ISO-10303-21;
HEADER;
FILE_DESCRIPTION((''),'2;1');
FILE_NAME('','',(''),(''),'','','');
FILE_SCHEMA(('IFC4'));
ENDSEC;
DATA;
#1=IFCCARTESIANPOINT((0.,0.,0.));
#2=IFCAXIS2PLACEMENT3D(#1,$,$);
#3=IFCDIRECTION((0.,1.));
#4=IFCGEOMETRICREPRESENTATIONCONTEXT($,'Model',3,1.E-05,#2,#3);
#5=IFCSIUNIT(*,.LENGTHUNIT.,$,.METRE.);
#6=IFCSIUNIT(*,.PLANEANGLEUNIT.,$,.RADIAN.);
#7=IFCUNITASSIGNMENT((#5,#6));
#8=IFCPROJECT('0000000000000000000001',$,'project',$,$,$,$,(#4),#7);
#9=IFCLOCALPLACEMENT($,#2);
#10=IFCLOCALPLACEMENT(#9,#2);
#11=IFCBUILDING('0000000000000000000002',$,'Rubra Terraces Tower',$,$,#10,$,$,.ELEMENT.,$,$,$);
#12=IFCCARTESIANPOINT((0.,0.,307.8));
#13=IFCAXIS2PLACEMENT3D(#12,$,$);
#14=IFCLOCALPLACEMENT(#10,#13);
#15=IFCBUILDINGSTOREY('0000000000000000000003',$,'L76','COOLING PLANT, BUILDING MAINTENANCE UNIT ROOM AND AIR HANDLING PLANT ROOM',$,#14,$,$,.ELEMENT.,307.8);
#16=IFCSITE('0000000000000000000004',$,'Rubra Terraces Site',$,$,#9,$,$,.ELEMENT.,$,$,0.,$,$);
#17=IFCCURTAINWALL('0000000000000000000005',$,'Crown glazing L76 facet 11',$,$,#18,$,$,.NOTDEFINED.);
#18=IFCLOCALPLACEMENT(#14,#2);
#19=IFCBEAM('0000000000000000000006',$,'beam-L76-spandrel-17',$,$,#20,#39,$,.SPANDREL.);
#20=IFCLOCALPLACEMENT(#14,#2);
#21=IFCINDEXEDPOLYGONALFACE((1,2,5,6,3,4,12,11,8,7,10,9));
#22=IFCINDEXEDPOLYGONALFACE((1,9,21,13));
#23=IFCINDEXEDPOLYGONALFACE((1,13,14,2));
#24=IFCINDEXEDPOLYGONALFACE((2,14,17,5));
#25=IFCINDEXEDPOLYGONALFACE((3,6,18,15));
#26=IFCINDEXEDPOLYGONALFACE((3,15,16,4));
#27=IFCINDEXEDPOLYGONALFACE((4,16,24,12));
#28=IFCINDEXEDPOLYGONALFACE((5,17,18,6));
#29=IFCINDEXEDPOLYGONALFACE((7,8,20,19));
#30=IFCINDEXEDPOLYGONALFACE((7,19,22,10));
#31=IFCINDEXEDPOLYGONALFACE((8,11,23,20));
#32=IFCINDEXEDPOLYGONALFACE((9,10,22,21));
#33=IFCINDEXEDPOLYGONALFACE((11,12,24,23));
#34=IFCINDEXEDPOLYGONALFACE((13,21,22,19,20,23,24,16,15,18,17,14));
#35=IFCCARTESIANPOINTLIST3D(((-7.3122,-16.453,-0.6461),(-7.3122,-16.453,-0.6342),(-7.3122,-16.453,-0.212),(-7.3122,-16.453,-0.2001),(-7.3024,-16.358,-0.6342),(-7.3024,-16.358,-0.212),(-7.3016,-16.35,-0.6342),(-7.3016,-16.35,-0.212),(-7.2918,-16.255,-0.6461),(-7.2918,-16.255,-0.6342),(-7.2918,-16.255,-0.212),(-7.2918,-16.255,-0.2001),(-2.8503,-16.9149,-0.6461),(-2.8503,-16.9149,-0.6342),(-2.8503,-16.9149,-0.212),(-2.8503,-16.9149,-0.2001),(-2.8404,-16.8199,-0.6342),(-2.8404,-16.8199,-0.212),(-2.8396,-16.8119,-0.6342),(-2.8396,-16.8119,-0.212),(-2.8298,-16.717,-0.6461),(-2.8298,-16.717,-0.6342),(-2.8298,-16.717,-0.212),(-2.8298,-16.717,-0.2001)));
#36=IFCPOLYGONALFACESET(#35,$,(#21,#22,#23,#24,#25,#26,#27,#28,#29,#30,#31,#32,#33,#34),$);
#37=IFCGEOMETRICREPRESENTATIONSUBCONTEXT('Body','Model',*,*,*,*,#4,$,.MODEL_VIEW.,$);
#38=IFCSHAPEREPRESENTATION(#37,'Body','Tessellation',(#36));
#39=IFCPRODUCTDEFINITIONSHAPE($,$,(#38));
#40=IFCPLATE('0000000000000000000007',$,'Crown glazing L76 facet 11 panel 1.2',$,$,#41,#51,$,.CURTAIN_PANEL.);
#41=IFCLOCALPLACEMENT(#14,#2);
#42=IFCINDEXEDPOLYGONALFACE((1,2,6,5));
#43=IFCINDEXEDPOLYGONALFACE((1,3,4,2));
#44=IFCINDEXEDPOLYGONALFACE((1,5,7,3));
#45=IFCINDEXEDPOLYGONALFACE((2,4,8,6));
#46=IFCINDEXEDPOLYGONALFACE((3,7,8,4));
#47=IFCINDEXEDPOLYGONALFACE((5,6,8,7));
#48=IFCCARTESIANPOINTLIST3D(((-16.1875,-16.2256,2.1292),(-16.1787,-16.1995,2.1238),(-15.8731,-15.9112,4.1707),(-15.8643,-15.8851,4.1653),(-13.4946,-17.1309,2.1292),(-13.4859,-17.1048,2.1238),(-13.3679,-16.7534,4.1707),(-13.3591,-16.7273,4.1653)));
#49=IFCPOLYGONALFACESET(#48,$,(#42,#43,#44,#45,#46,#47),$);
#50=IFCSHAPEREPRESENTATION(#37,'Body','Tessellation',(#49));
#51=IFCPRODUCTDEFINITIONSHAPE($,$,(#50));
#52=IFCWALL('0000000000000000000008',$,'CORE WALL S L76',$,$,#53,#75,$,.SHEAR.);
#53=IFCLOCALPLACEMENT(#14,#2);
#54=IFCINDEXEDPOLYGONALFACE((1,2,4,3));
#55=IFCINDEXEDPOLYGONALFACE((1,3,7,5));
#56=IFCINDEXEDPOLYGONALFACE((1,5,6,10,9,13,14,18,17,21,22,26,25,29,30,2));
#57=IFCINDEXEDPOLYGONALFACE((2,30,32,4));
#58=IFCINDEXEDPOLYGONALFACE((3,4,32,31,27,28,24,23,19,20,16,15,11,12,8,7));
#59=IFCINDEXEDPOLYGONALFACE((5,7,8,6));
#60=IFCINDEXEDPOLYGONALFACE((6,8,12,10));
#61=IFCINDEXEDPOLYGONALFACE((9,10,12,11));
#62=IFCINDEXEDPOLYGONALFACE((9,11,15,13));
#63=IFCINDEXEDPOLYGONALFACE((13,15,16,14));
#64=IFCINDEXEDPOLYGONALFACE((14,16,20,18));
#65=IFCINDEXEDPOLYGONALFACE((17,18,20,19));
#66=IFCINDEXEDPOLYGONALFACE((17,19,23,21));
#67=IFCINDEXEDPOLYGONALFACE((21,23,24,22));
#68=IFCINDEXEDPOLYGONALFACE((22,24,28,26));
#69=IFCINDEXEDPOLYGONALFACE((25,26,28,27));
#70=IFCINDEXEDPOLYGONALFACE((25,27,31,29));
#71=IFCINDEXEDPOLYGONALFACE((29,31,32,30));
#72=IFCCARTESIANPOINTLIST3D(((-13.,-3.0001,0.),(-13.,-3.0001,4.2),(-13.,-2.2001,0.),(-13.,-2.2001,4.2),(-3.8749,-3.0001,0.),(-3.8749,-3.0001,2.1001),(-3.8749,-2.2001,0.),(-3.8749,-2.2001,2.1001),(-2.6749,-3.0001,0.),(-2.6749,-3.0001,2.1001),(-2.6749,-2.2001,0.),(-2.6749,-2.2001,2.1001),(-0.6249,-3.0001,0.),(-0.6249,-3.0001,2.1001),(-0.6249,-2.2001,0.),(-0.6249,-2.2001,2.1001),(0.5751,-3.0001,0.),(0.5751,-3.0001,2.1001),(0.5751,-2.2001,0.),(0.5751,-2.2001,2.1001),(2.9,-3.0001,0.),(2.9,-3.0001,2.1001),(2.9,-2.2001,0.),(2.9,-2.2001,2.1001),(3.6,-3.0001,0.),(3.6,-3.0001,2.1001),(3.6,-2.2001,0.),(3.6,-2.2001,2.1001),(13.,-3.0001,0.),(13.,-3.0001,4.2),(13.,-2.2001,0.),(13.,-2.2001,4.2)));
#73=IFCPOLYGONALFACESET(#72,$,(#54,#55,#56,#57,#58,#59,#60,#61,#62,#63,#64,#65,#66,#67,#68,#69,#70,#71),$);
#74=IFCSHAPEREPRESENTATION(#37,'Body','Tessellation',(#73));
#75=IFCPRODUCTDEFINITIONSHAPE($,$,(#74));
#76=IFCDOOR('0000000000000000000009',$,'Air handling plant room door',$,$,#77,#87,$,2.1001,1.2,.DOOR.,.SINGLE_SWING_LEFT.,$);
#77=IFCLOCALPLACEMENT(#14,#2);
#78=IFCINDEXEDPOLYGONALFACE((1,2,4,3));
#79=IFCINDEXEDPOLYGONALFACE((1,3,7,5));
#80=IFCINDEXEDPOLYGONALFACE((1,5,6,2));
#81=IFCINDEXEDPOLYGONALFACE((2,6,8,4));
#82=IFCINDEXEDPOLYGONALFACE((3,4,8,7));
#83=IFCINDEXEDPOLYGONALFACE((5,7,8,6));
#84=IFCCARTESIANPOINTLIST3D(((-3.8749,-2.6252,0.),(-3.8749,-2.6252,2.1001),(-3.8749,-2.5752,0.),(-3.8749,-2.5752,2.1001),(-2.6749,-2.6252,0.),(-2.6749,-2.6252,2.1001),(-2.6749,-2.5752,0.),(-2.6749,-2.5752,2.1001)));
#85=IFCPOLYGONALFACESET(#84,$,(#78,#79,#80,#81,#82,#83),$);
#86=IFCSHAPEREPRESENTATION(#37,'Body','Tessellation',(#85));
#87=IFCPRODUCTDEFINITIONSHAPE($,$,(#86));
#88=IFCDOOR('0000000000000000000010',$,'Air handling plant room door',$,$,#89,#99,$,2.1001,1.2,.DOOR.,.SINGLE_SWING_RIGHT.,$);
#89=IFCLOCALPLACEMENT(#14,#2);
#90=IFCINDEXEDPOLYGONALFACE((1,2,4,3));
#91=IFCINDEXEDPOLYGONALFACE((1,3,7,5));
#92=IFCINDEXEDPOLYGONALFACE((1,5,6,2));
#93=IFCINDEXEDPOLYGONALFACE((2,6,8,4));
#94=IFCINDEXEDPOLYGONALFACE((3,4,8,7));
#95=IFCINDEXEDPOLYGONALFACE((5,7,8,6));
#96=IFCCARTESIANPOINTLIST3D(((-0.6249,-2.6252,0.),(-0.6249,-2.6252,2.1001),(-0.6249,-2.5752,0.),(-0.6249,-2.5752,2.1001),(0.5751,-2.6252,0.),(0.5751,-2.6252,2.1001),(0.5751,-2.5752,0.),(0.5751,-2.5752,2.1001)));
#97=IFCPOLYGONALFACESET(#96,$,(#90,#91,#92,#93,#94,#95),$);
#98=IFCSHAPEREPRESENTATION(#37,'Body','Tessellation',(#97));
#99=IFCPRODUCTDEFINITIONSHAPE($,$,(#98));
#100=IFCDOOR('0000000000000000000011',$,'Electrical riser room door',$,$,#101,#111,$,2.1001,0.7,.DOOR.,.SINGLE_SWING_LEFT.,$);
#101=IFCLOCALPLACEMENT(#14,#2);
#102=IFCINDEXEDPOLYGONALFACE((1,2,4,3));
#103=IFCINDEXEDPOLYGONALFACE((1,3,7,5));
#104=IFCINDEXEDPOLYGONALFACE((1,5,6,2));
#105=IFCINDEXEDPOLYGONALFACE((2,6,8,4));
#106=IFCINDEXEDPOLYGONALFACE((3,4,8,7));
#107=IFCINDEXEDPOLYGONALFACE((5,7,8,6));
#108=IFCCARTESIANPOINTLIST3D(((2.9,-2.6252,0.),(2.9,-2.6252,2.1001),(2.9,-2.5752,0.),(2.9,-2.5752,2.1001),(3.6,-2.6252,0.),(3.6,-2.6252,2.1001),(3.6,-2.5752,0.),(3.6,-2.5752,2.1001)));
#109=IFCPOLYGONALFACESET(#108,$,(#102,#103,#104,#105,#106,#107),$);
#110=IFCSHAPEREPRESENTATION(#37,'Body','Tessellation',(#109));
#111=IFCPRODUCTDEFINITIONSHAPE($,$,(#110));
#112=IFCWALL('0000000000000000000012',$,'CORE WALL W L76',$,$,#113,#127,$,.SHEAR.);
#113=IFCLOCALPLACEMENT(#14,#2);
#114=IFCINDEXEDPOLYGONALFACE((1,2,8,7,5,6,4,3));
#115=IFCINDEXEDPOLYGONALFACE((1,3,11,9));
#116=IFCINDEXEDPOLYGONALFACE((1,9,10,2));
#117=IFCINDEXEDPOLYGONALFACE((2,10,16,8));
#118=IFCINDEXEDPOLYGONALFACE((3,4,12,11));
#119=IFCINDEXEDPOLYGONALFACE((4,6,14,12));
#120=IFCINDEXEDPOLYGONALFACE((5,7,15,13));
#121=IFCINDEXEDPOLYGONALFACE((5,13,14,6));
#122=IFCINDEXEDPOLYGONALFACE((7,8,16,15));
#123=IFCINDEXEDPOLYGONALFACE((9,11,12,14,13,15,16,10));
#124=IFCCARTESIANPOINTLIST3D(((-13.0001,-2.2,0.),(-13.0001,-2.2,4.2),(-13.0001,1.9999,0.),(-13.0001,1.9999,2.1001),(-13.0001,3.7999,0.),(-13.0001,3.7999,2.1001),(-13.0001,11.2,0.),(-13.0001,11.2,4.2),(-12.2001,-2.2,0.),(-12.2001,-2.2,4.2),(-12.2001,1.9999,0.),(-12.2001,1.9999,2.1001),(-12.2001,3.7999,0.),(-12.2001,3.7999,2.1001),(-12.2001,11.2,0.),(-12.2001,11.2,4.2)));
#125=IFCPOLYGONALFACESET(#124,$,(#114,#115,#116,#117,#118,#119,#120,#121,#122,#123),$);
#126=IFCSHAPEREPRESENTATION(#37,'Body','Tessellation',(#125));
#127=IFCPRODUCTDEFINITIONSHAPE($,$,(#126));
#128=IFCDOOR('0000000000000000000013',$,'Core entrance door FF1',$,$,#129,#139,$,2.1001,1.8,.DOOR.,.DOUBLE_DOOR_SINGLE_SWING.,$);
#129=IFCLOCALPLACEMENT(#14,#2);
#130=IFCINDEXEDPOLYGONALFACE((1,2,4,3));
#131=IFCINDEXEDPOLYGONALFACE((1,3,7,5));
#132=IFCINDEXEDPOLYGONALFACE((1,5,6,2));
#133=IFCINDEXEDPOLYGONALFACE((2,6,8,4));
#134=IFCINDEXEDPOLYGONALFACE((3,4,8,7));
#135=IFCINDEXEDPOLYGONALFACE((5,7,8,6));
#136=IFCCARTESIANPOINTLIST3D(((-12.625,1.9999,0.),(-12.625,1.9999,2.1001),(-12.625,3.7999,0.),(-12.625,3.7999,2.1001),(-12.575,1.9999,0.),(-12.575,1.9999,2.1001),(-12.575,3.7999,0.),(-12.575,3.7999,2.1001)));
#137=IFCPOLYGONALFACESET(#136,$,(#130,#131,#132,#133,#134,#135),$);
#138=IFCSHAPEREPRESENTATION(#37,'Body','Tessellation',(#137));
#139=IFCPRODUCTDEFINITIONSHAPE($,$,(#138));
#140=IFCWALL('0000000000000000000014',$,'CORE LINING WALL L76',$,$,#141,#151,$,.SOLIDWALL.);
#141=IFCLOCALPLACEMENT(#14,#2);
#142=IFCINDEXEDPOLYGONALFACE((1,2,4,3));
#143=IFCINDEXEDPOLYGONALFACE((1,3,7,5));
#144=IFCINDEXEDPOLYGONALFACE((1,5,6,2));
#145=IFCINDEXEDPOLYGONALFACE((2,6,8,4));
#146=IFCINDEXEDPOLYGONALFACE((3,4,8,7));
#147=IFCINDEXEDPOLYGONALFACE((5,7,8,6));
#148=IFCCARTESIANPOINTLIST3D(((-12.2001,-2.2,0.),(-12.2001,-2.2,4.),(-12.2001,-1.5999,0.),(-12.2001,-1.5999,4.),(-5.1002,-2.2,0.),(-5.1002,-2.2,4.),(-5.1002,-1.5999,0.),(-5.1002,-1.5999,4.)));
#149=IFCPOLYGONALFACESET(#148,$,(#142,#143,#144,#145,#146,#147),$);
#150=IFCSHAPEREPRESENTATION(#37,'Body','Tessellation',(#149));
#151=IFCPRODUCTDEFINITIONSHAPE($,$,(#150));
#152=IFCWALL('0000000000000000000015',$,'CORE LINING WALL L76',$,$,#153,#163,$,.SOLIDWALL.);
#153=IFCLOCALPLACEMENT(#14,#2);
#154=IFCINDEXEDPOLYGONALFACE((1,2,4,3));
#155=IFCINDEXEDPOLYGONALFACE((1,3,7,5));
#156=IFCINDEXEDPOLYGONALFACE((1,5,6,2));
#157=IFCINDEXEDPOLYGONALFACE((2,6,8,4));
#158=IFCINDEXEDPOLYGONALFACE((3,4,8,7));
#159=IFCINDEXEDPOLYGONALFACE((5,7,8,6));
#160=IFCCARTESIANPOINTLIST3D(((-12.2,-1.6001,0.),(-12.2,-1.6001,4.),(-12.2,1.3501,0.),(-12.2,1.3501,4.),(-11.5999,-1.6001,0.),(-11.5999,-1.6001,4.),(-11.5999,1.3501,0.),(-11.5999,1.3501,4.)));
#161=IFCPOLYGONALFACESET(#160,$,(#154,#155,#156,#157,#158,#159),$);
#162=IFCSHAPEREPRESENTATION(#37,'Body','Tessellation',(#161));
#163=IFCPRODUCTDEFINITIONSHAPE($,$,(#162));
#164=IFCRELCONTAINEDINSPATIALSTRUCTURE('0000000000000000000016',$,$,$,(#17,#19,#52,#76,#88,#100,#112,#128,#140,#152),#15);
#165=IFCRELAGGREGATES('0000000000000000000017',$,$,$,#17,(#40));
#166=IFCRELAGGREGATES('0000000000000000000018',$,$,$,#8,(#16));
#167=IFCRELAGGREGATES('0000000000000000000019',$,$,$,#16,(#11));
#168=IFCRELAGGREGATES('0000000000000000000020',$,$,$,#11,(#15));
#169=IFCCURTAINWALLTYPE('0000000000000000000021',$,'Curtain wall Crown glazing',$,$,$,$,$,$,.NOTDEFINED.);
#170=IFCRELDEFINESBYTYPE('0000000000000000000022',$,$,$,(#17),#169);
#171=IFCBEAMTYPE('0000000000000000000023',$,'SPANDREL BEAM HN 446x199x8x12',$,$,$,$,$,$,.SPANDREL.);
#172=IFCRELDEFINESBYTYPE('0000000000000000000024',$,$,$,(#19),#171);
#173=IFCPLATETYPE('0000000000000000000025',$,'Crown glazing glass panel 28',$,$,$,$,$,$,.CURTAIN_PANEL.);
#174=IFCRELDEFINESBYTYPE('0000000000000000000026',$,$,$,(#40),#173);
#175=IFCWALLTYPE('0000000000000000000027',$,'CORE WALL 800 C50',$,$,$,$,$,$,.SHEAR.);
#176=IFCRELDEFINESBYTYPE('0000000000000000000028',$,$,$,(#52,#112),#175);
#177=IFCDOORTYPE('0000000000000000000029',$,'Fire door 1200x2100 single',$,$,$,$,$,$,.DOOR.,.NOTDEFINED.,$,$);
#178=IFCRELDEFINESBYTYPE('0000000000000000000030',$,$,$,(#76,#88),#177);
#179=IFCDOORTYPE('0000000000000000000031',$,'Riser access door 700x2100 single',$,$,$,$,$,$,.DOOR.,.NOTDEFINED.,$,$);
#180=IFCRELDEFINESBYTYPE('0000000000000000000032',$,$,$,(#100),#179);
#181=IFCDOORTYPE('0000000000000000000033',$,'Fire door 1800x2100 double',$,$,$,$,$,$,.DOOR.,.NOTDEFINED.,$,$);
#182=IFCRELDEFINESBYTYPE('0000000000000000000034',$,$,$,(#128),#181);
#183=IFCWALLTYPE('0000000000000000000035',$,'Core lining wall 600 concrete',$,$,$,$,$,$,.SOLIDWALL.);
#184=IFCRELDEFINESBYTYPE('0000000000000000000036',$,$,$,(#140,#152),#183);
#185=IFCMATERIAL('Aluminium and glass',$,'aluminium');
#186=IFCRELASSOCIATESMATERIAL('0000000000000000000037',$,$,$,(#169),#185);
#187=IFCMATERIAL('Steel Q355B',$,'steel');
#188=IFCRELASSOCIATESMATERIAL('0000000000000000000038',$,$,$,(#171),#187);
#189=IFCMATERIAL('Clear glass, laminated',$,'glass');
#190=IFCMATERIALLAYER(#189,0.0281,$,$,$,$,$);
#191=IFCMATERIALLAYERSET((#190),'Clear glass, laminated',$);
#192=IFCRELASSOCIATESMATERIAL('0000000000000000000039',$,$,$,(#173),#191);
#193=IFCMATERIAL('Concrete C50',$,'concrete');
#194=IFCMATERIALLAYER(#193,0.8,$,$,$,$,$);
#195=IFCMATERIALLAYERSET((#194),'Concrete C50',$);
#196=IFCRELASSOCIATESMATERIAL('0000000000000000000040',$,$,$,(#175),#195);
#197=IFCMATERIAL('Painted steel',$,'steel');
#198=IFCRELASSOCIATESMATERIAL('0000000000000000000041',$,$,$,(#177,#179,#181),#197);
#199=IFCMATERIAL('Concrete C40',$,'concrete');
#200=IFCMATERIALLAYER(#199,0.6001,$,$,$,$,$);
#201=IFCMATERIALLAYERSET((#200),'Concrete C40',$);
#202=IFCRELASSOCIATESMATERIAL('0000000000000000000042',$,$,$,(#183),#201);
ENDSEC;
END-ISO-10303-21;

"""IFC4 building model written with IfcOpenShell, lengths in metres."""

from ifc_helpers import new_model, si_unit, direction, frame, frame_2d, origin, origin_2d, place, context, subcontext, project, spatial, polyline, rectangle, i_section, outline, extrude, material, layer, layer_set, material_profile, profile_set, type_object, element, fill, aggregate, save


model = new_model("IFC4")

# Units and contexts
model_context = context("Model", 3, precision=1e-05, world=origin(), true_north=direction((0.0, 1.0)))
body_context = subcontext(model_context, "Body", "Model", "MODEL_VIEW")
ifc_project = project(units=[si_unit("LENGTHUNIT", "METRE"), si_unit("PLANEANGLEUNIT", "RADIAN")], contexts=[model_context])

# Site, building, storey
site_placement = place(None, origin())
site = spatial("IfcSite", under=ifc_project, at=site_placement, Name="Rubra Terraces Site", CompositionType="ELEMENT", RefElevation=0.0)
building_placement = place(site_placement, origin())
building = spatial("IfcBuilding", under=site, at=building_placement, Name="Rubra Terraces Tower", CompositionType="ELEMENT")
storey_placement = place(building_placement, frame((0.0, 0.0, 307.8)))
storey = spatial("IfcBuildingStorey", under=building, at=storey_placement, Name="L76", Description="COOLING PLANT, BUILDING MAINTENANCE UNIT ROOM AND AIR HANDLING PLANT ROOM", CompositionType="ELEMENT", Elevation=307.8)

# Shared definitions
ifc_material_1 = material(Name="Steel Q355B", Category="steel")

# Curtain wall
ifc_material_2 = material(Name="Aluminium and glass", Category="aluminium")
curtain_wall_type = type_object("IfcCurtainWallType", Name="Curtain wall Crown glazing", PredefinedType="NOTDEFINED", material=ifc_material_2)
curtain_wall_placement = place(storey_placement, origin())
curtain_wall = element("IfcCurtainWall", 1, at=curtain_wall_placement, inside=storey, type_object=curtain_wall_type, Name="Crown glazing L76 facet 11", PredefinedType="NOTDEFINED")

# Beam
ifc_material_profile_1 = material_profile(ifc_material_1, i_section(OverallWidth=0.199, OverallDepth=0.446, WebThickness=0.0081, FlangeThickness=0.012, at=origin_2d()), Name="HN 446x199x8x12")
ifc_profile_set_1 = profile_set([ifc_material_profile_1], Name="Steel Q355B")
beam_type_1 = type_object("IfcBeamType", Name="SPANDREL BEAM HN 446x199x8x12", PredefinedType="SPANDREL", material=ifc_profile_set_1)
beam_1_placement = place(storey_placement, frame((-7.302, -16.354, -0.4231), z_axis=(0.994684, -0.102973, 0.0), x_axis=(0.102973, 0.994684, 0.0)))
element("IfcBeam", 2, at=beam_1_placement, inside=storey, type_object=beam_type_1, Name="beam-L76-spandrel-17", PredefinedType="SPANDREL", context=body_context, shape_type="SweptSolid", body=[
    extrude(i_section(OverallWidth=0.199, OverallDepth=0.446, WebThickness=0.0081, FlangeThickness=0.012, at=origin_2d()), origin(), (0.0, 0.0, 1.0), 4.4858),
])

# Plate
ifc_material_3 = material(Name="Clear glass, laminated", Category="glass")
ifc_layer_1 = layer(ifc_material_3, 0.0281)
ifc_layer_set_1 = layer_set([ifc_layer_1], Name="Clear glass, laminated")
plate_type = type_object("IfcPlateType", Name="Crown glazing glass panel 28", PredefinedType="CURTAIN_PANEL", material=ifc_layer_set_1)
plate_placement = place(storey_placement, frame((-16.1875, -16.2256, 2.1292), z_axis=(-0.312776, -0.930333, 0.191446), x_axis=(0.947866, -0.31867, 0.000004)))
plate = element("IfcPlate", 3, at=plate_placement, type_object=plate_type, Name="Crown glazing L76 facet 11 panel 1.2", PredefinedType="CURTAIN_PANEL", context=body_context, shape_type="SweptSolid", body=[
    extrude(outline(polyline([(0.0, 0.0), (2.841, 0.0), (2.8408, 2.08), (0.1979, 2.08), (0.0, 0.0)])), origin(), (0.0, 0.0, -1.0), 0.0281),
])
aggregate(curtain_wall, [plate])

# Wall, openings, doors
ifc_material_4 = material(Name="Concrete C50", Category="concrete")
ifc_layer_2 = layer(ifc_material_4, 0.8)
ifc_layer_set_2 = layer_set([ifc_layer_2], Name="Concrete C50")
wall_type_1 = type_object("IfcWallType", Name="CORE WALL 800 C50", PredefinedType="SHEAR", material=ifc_layer_set_2)
wall_1_placement = place(storey_placement, frame((-13.0, -2.6001, 0.0), z_axis=(0.0, 0.0, 1.0), x_axis=(1.0, 0.0, 0.0)))
wall_1 = element("IfcWall", 4, at=wall_1_placement, inside=storey, type_object=wall_type_1, Name="CORE WALL S L76", PredefinedType="SHEAR", context=body_context, shape_type="SweptSolid", body=[
    extrude(rectangle(XDim=26.0, YDim=0.8, at=frame_2d((13.0, 0.0))), origin(), (0.0, 0.0, 1.0), 4.2),
])
opening_1_placement = place(wall_1_placement, frame((9.125, 0.0, 0.0)))
opening_1 = element("IfcOpeningElement", 5, at=opening_1_placement, cuts=wall_1, PredefinedType="OPENING", context=body_context, shape_type="SweptSolid", body=[
    extrude(rectangle(XDim=1.2, YDim=2.1001, at=frame_2d((0.6001, 1.05))), frame((0.0, 0.4099, 0.0), z_axis=(0.0, -1.0, 0.0), x_axis=(1.0, 0.0, 0.0)), (0.0, 0.0, 1.0), 0.8201),
])
opening_2_placement = place(wall_1_placement, frame((12.375, 0.0, 0.0)))
opening_2 = element("IfcOpeningElement", 6, at=opening_2_placement, cuts=wall_1, PredefinedType="OPENING", context=body_context, shape_type="SweptSolid", body=[
    extrude(rectangle(XDim=1.2, YDim=2.1001, at=frame_2d((0.6001, 1.05))), frame((0.0, 0.4099, 0.0), z_axis=(0.0, -1.0, 0.0), x_axis=(1.0, 0.0, 0.0)), (0.0, 0.0, 1.0), 0.8201),
])
opening_3_placement = place(wall_1_placement, frame((15.8999, 0.0, 0.0)))
opening_3 = element("IfcOpeningElement", 7, at=opening_3_placement, cuts=wall_1, PredefinedType="OPENING", context=body_context, shape_type="SweptSolid", body=[
    extrude(rectangle(XDim=0.7, YDim=2.1001, at=frame_2d((0.3501, 1.05))), frame((0.0, 0.4099, 0.0), z_axis=(0.0, -1.0, 0.0), x_axis=(1.0, 0.0, 0.0)), (0.0, 0.0, 1.0), 0.8201),
])
ifc_material_5 = material(Name="Painted steel", Category="steel")
door_type_1 = type_object("IfcDoorType", Name="Fire door 1200x2100 single", OperationType="NOTDEFINED", PredefinedType="DOOR", material=ifc_material_5)
door_1_placement = place(opening_1_placement, origin())
door_1 = element("IfcDoor", 8, at=door_1_placement, inside=storey, type_object=door_type_1, Name="Air handling plant room door", OperationType="SINGLE_SWING_LEFT", OverallHeight=2.1001, OverallWidth=1.2, PredefinedType="DOOR", context=body_context, shape_type="SweptSolid", body=[
    extrude(rectangle(XDim=1.2, YDim=2.1001, at=frame_2d((0.6001, 1.05))), frame((0.0, 0.0249, 0.0), z_axis=(0.0, -1.0, 0.0), x_axis=(1.0, 0.0, 0.0)), (0.0, 0.0, 1.0), 0.05),
])
fill(opening_1, door_1)
door_2_placement = place(opening_2_placement, origin())
door_2 = element("IfcDoor", 9, at=door_2_placement, inside=storey, type_object=door_type_1, Name="Air handling plant room door", OperationType="SINGLE_SWING_RIGHT", OverallHeight=2.1001, OverallWidth=1.2, PredefinedType="DOOR", context=body_context, shape_type="SweptSolid", body=[
    extrude(rectangle(XDim=1.2, YDim=2.1001, at=frame_2d((0.6001, 1.05))), frame((0.0, 0.0249, 0.0), z_axis=(0.0, -1.0, 0.0), x_axis=(1.0, 0.0, 0.0)), (0.0, 0.0, 1.0), 0.05),
])
fill(opening_2, door_2)
door_type_2 = type_object("IfcDoorType", Name="Riser access door 700x2100 single", OperationType="NOTDEFINED", PredefinedType="DOOR", material=ifc_material_5)
door_3_placement = place(opening_3_placement, origin())
door_3 = element("IfcDoor", 10, at=door_3_placement, inside=storey, type_object=door_type_2, Name="Electrical riser room door", OperationType="SINGLE_SWING_LEFT", OverallHeight=2.1001, OverallWidth=0.7, PredefinedType="DOOR", context=body_context, shape_type="SweptSolid", body=[
    extrude(rectangle(XDim=0.7, YDim=2.1001, at=frame_2d((0.3501, 1.05))), frame((0.0, 0.0249, 0.0), z_axis=(0.0, -1.0, 0.0), x_axis=(1.0, 0.0, 0.0)), (0.0, 0.0, 1.0), 0.05),
])
fill(opening_3, door_3)

# Wall, opening, door
wall_2_placement = place(storey_placement, frame((-12.6001, -2.2, 0.0), z_axis=(0.0, 0.0, 1.0), x_axis=(0.0, 1.0, 0.0)))
wall_2 = element("IfcWall", 11, at=wall_2_placement, inside=storey, type_object=wall_type_1, Name="CORE WALL W L76", PredefinedType="SHEAR", context=body_context, shape_type="SweptSolid", body=[
    extrude(rectangle(XDim=13.3999, YDim=0.8, at=frame_2d((6.7, 0.0))), origin(), (0.0, 0.0, 1.0), 4.2),
])
opening_4_placement = place(wall_2_placement, frame((4.2, 0.0, 0.0)))
opening_4 = element("IfcOpeningElement", 12, at=opening_4_placement, cuts=wall_2, PredefinedType="OPENING", context=body_context, shape_type="SweptSolid", body=[
    extrude(rectangle(XDim=1.8, YDim=2.1001, at=frame_2d((0.8999, 1.05))), frame((0.0, 0.4099, 0.0), z_axis=(0.0, -1.0, 0.0), x_axis=(1.0, 0.0, 0.0)), (0.0, 0.0, 1.0), 0.8201),
])
door_type_3 = type_object("IfcDoorType", Name="Fire door 1800x2100 double", OperationType="NOTDEFINED", PredefinedType="DOOR", material=ifc_material_5)
door_4_placement = place(opening_4_placement, origin())
door_4 = element("IfcDoor", 13, at=door_4_placement, inside=storey, type_object=door_type_3, Name="Core entrance door FF1", OperationType="DOUBLE_DOOR_SINGLE_SWING", OverallHeight=2.1001, OverallWidth=1.8, PredefinedType="DOOR", context=body_context, shape_type="SweptSolid", body=[
    extrude(rectangle(XDim=1.8, YDim=2.1001, at=frame_2d((0.8999, 1.05))), frame((0.0, 0.0249, 0.0), z_axis=(0.0, -1.0, 0.0), x_axis=(1.0, 0.0, 0.0)), (0.0, 0.0, 1.0), 0.05),
])
fill(opening_4, door_4)

# Walls
ifc_material_6 = material(Name="Concrete C40", Category="concrete")
ifc_layer_3 = layer(ifc_material_6, 0.6001)
ifc_layer_set_3 = layer_set([ifc_layer_3], Name="Concrete C40")
wall_type_2 = type_object("IfcWallType", Name="Core lining wall 600 concrete", PredefinedType="SOLIDWALL", material=ifc_layer_set_3)
wall_3_placement = place(storey_placement, frame((-12.2, -1.8999, 0.0), z_axis=(0.0, 0.0, 1.0), x_axis=(1.0, 0.0, 0.0)))
element("IfcWall", 14, at=wall_3_placement, inside=storey, type_object=wall_type_2, Name="CORE LINING WALL L76", PredefinedType="SOLIDWALL", context=body_context, shape_type="SweptSolid", body=[
    extrude(rectangle(XDim=7.0999, YDim=0.6001, at=frame_2d((3.5498, 0.0))), origin(), (0.0, 0.0, 1.0), 4.0),
])
wall_4_placement = place(storey_placement, frame((-11.8999, -1.6001, 0.0), z_axis=(0.0, 0.0, 1.0), x_axis=(0.0, 1.0, 0.0)))
element("IfcWall", 15, at=wall_4_placement, inside=storey, type_object=wall_type_2, Name="CORE LINING WALL L76", PredefinedType="SOLIDWALL", context=body_context, shape_type="SweptSolid", body=[
    extrude(rectangle(XDim=2.9502, YDim=0.6001, at=frame_2d((1.4751, 0.0))), origin(), (0.0, 0.0, 1.0), 4.0),
])

save(model, "model.ifc")
